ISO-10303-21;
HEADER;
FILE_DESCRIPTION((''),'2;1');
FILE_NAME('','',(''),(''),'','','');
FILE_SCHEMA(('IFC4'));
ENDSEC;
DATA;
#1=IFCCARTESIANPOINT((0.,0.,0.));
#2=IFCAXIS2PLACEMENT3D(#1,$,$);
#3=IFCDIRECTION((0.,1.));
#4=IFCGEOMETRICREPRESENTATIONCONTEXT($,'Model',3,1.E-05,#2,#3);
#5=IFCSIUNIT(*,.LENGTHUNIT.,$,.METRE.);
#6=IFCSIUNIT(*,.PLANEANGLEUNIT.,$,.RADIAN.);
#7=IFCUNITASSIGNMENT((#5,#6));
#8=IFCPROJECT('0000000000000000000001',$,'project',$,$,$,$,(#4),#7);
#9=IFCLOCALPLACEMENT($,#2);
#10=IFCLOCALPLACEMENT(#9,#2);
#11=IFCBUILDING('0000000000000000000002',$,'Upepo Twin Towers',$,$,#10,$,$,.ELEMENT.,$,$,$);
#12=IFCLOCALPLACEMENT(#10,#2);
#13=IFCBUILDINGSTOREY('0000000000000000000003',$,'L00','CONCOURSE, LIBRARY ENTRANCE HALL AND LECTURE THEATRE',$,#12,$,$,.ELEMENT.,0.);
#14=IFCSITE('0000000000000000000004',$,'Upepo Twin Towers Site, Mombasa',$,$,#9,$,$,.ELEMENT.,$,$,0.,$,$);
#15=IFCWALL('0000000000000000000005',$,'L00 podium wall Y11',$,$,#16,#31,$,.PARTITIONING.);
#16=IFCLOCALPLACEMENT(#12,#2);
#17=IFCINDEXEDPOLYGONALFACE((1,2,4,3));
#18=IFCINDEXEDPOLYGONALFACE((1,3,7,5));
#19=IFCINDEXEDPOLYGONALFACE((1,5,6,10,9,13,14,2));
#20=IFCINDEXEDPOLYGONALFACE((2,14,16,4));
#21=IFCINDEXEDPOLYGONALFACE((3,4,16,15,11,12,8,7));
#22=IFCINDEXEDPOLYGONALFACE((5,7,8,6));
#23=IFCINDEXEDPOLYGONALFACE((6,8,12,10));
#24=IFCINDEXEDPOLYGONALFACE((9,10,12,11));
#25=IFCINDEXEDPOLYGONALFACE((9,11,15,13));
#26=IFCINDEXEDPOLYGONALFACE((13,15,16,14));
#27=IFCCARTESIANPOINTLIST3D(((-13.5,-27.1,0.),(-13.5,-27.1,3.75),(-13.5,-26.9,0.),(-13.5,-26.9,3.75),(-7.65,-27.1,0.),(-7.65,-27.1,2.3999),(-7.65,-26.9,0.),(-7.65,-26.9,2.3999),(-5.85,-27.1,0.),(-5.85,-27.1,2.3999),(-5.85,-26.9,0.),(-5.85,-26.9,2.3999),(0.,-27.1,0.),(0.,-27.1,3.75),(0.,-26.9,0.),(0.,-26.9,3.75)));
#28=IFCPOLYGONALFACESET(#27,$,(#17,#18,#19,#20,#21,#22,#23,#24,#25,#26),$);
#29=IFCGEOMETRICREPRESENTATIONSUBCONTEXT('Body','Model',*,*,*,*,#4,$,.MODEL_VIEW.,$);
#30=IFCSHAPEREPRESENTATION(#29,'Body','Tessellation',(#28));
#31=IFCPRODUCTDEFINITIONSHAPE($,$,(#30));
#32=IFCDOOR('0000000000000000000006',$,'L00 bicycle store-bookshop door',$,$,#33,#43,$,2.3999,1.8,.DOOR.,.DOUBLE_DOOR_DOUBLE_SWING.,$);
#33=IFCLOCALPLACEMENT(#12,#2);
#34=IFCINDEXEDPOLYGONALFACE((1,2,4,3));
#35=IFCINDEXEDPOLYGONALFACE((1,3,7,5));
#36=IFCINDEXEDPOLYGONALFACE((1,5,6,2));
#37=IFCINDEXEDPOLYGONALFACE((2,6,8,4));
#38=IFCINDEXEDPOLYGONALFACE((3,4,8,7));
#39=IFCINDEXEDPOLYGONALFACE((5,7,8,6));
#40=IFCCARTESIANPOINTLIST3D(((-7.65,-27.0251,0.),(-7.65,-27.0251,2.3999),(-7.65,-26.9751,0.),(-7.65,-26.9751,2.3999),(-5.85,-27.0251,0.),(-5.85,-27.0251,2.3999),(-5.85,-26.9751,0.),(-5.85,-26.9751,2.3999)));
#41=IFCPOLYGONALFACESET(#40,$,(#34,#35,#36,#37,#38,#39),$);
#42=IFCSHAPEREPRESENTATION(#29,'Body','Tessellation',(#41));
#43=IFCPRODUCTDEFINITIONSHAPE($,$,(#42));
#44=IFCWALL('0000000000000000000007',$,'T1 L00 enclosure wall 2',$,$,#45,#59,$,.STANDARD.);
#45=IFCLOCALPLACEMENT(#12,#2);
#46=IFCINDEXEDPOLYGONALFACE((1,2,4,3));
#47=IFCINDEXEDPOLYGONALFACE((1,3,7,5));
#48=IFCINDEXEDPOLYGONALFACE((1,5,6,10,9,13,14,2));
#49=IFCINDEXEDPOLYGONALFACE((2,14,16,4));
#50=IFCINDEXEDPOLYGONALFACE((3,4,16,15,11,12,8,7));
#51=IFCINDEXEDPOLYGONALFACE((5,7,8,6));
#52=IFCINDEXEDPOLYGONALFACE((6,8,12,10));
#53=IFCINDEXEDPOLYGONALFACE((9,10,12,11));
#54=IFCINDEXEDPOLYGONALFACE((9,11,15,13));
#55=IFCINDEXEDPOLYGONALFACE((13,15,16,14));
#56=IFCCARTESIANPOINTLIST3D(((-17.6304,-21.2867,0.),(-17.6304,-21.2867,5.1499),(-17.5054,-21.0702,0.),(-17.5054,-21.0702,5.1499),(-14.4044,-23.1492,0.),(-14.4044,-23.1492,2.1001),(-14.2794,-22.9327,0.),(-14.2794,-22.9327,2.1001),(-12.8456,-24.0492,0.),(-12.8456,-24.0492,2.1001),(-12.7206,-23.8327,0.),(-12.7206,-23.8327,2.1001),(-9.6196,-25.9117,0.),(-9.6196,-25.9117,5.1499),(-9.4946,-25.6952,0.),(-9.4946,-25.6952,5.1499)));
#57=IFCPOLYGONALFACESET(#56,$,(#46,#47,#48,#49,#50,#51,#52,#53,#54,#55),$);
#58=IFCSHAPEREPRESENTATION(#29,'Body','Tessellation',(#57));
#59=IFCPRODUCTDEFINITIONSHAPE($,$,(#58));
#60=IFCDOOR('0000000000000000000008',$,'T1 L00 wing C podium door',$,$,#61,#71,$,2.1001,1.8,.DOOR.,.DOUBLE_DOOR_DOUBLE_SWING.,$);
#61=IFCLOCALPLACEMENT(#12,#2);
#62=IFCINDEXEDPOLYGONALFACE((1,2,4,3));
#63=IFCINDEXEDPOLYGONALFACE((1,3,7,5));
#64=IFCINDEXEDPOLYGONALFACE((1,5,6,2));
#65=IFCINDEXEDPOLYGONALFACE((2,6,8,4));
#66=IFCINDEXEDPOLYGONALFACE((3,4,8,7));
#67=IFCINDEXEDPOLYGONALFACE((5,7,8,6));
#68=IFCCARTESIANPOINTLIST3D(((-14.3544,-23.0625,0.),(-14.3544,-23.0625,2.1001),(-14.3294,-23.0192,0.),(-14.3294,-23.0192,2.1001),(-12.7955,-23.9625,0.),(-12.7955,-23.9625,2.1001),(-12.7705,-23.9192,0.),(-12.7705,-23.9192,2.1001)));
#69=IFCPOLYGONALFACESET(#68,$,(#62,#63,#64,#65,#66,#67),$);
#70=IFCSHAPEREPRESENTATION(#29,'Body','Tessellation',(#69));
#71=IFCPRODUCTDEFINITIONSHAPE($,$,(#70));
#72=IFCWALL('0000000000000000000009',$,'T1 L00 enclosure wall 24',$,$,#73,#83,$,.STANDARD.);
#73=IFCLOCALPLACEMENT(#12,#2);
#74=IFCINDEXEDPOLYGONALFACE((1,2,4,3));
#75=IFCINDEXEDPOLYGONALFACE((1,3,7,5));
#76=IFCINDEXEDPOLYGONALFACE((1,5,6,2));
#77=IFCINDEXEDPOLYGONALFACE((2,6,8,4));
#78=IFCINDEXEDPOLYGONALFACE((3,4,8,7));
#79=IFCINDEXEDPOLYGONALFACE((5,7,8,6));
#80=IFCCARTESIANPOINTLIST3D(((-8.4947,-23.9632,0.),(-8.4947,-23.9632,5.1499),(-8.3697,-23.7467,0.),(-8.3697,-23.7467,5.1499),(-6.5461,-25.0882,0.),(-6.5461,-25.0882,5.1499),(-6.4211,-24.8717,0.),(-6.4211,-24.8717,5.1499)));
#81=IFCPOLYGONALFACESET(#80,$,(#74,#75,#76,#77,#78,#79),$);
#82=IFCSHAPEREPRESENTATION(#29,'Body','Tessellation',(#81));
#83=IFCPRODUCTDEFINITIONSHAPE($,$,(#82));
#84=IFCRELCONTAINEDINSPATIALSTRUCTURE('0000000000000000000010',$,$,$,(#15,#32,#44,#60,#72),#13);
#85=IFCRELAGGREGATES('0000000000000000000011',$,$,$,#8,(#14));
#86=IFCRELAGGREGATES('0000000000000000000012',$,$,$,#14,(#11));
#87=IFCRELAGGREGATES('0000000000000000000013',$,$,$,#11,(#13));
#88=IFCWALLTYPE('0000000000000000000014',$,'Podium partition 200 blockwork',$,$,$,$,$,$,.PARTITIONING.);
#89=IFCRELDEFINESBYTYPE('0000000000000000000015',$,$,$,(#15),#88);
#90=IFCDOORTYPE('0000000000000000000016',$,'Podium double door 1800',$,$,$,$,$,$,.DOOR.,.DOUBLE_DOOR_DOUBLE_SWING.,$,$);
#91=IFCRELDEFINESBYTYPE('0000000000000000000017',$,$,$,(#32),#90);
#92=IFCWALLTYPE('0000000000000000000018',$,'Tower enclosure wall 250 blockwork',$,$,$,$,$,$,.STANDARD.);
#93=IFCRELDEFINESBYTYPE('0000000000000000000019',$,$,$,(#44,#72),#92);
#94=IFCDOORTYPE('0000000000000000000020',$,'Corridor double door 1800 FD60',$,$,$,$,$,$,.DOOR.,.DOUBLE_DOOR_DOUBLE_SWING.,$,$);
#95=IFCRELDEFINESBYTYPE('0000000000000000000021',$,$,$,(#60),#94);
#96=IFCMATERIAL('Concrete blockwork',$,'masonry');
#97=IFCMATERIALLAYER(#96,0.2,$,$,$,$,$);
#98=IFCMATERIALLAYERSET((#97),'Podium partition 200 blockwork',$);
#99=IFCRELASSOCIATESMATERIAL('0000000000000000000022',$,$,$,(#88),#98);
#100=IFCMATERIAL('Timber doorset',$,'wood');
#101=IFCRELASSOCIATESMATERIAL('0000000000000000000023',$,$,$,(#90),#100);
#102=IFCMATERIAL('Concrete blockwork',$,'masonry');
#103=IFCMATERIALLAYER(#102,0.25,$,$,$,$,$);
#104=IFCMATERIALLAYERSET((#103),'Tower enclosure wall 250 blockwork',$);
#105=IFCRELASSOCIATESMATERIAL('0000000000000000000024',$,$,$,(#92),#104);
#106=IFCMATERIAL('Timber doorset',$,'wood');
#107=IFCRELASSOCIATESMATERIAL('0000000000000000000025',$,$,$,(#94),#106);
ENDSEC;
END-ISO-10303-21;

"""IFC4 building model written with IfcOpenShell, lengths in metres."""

from ifc_helpers import new_model, si_unit, direction, frame, frame_2d, origin, place, context, subcontext, project, spatial, rectangle, extrude, material, layer, layer_set, type_object, element, fill, save


model = new_model("IFC4")

# Units and contexts
model_context = context("Model", 3, precision=1e-05, world=origin(), true_north=direction((0.0, 1.0)))
body_context = subcontext(model_context, "Body", "Model", "MODEL_VIEW")
ifc_project = project(units=[si_unit("LENGTHUNIT", "METRE"), si_unit("PLANEANGLEUNIT", "RADIAN")], contexts=[model_context])

# Site, building, storey
site_placement = place(None, origin())
site = spatial("IfcSite", under=ifc_project, at=site_placement, Name="Upepo Twin Towers Site, Mombasa", CompositionType="ELEMENT", RefElevation=0.0)
building_placement = place(site_placement, origin())
building = spatial("IfcBuilding", under=site, at=building_placement, Name="Upepo Twin Towers", CompositionType="ELEMENT")
storey_placement = place(building_placement, origin())
storey = spatial("IfcBuildingStorey", under=building, at=storey_placement, Name="L00", Description="CONCOURSE, LIBRARY ENTRANCE HALL AND LECTURE THEATRE", CompositionType="ELEMENT", Elevation=0.0)

# Walls, openings, doors
ifc_material_1 = material(Name="Concrete blockwork", Category="masonry")
ifc_layer_1 = layer(ifc_material_1, 0.2)
ifc_layer_set_1 = layer_set([ifc_layer_1], Name="Podium partition 200 blockwork")
wall_type_1 = type_object("IfcWallType", Name="Podium partition 200 blockwork", PredefinedType="PARTITIONING", material=ifc_layer_set_1)
ifc_material_2 = material(Name="Timber doorset", Category="wood")
door_type_1 = type_object("IfcDoorType", Name="Podium double door 1800", OperationType="DOUBLE_DOOR_DOUBLE_SWING", PredefinedType="DOOR", material=ifc_material_2)
wall_1_placement = place(storey_placement, frame((-13.5, -27.0, 0.0), z_axis=(0.0, 0.0, 1.0), x_axis=(1.0, 0.0, 0.0)))
wall_1 = element("IfcWall", 1, at=wall_1_placement, inside=storey, type_object=wall_type_1, Name="L00 podium wall Y11", PredefinedType="PARTITIONING", context=body_context, shape_type="SweptSolid", body=[
    extrude(rectangle(XDim=13.5, YDim=0.2, at=frame_2d((6.75, 0.0))), origin(), (0.0, 0.0, 1.0), 3.75),
])
opening_1_placement = place(wall_1_placement, frame((5.8501, 0.0, 0.0)))
opening_1 = element("IfcOpeningElement", 2, at=opening_1_placement, cuts=wall_1, PredefinedType="OPENING", context=body_context, shape_type="SweptSolid", body=[
    extrude(rectangle(XDim=1.8, YDim=2.3999, at=frame_2d((0.8999, 1.2))), frame((0.0, 0.1099, 0.0), z_axis=(0.0, -1.0, 0.0), x_axis=(1.0, 0.0, 0.0)), (0.0, 0.0, 1.0), 0.22),
])
door_1_placement = place(opening_1_placement, origin())
door_1 = element("IfcDoor", 3, at=door_1_placement, inside=storey, type_object=door_type_1, Name="L00 bicycle store-bookshop door", OperationType="DOUBLE_DOOR_DOUBLE_SWING", OverallHeight=2.3999, OverallWidth=1.8, PredefinedType="DOOR", context=body_context, shape_type="SweptSolid", body=[
    extrude(rectangle(XDim=1.8, YDim=2.3999, at=frame_2d((0.8999, 1.2))), frame((0.0, 0.0249, 0.0), z_axis=(0.0, -1.0, 0.0), x_axis=(1.0, 0.0, 0.0)), (0.0, 0.0, 1.0), 0.05),
])
fill(opening_1, door_1)
ifc_material_3 = material(Name="Concrete blockwork", Category="masonry")
ifc_layer_2 = layer(ifc_material_3, 0.25)
ifc_layer_set_2 = layer_set([ifc_layer_2], Name="Tower enclosure wall 250 blockwork")
wall_type_2 = type_object("IfcWallType", Name="Tower enclosure wall 250 blockwork", PredefinedType="STANDARD", material=ifc_layer_set_2)
wall_2_placement = place(storey_placement, frame((-9.5571, -25.8035, 0.0), z_axis=(0.0, 0.0, 1.0), x_axis=(-0.866026, 0.5, 0.0)))
wall_2 = element("IfcWall", 4, at=wall_2_placement, inside=storey, type_object=wall_type_2, Name="T1 L00 enclosure wall 2", PredefinedType="STANDARD", context=body_context, shape_type="SweptSolid", body=[
    extrude(rectangle(XDim=9.25, YDim=0.25, at=frame_2d((4.625, 0.0))), origin(), (0.0, 0.0, 1.0), 5.1499),
])
opening_2_placement = place(wall_2_placement, frame((3.7251, 0.0, 0.0)))
opening_2 = element("IfcOpeningElement", 5, at=opening_2_placement, cuts=wall_2, PredefinedType="OPENING", context=body_context, shape_type="SweptSolid", body=[
    extrude(rectangle(XDim=1.8, YDim=2.1001, at=frame_2d((0.8999, 1.05))), frame((0.0, 0.135, 0.0), z_axis=(0.0, -1.0, 0.0), x_axis=(1.0, 0.0, 0.0)), (0.0, 0.0, 1.0), 0.27),
])
ifc_material_4 = material(Name="Timber doorset", Category="wood")
door_type_2 = type_object("IfcDoorType", Name="Corridor double door 1800 FD60", OperationType="DOUBLE_DOOR_DOUBLE_SWING", PredefinedType="DOOR", material=ifc_material_4)
door_2_placement = place(opening_2_placement, origin())
door_2 = element("IfcDoor", 6, at=door_2_placement, inside=storey, type_object=door_type_2, Name="T1 L00 wing C podium door", OperationType="DOUBLE_DOOR_DOUBLE_SWING", OverallHeight=2.1001, OverallWidth=1.8, PredefinedType="DOOR", context=body_context, shape_type="SweptSolid", body=[
    extrude(rectangle(XDim=1.8, YDim=2.1001, at=frame_2d((0.8999, 1.05))), frame((0.0, 0.0249, 0.0), z_axis=(0.0, -1.0, 0.0), x_axis=(1.0, 0.0, 0.0)), (0.0, 0.0, 1.0), 0.05),
])
fill(opening_2, door_2)

# Wall
wall_3_placement = place(storey_placement, frame((-6.4836, -24.98, 0.0), z_axis=(0.0, 0.0, 1.0), x_axis=(-0.866018, 0.500014, 0.0)))
element("IfcWall", 7, at=wall_3_placement, inside=storey, type_object=wall_type_2, Name="T1 L00 enclosure wall 24", PredefinedType="STANDARD", context=body_context, shape_type="SweptSolid", body=[
    extrude(rectangle(XDim=2.25, YDim=0.25, at=frame_2d((1.125, 0.0))), origin(), (0.0, 0.0, 1.0), 5.1499),
])

save(model, "model.ifc")
